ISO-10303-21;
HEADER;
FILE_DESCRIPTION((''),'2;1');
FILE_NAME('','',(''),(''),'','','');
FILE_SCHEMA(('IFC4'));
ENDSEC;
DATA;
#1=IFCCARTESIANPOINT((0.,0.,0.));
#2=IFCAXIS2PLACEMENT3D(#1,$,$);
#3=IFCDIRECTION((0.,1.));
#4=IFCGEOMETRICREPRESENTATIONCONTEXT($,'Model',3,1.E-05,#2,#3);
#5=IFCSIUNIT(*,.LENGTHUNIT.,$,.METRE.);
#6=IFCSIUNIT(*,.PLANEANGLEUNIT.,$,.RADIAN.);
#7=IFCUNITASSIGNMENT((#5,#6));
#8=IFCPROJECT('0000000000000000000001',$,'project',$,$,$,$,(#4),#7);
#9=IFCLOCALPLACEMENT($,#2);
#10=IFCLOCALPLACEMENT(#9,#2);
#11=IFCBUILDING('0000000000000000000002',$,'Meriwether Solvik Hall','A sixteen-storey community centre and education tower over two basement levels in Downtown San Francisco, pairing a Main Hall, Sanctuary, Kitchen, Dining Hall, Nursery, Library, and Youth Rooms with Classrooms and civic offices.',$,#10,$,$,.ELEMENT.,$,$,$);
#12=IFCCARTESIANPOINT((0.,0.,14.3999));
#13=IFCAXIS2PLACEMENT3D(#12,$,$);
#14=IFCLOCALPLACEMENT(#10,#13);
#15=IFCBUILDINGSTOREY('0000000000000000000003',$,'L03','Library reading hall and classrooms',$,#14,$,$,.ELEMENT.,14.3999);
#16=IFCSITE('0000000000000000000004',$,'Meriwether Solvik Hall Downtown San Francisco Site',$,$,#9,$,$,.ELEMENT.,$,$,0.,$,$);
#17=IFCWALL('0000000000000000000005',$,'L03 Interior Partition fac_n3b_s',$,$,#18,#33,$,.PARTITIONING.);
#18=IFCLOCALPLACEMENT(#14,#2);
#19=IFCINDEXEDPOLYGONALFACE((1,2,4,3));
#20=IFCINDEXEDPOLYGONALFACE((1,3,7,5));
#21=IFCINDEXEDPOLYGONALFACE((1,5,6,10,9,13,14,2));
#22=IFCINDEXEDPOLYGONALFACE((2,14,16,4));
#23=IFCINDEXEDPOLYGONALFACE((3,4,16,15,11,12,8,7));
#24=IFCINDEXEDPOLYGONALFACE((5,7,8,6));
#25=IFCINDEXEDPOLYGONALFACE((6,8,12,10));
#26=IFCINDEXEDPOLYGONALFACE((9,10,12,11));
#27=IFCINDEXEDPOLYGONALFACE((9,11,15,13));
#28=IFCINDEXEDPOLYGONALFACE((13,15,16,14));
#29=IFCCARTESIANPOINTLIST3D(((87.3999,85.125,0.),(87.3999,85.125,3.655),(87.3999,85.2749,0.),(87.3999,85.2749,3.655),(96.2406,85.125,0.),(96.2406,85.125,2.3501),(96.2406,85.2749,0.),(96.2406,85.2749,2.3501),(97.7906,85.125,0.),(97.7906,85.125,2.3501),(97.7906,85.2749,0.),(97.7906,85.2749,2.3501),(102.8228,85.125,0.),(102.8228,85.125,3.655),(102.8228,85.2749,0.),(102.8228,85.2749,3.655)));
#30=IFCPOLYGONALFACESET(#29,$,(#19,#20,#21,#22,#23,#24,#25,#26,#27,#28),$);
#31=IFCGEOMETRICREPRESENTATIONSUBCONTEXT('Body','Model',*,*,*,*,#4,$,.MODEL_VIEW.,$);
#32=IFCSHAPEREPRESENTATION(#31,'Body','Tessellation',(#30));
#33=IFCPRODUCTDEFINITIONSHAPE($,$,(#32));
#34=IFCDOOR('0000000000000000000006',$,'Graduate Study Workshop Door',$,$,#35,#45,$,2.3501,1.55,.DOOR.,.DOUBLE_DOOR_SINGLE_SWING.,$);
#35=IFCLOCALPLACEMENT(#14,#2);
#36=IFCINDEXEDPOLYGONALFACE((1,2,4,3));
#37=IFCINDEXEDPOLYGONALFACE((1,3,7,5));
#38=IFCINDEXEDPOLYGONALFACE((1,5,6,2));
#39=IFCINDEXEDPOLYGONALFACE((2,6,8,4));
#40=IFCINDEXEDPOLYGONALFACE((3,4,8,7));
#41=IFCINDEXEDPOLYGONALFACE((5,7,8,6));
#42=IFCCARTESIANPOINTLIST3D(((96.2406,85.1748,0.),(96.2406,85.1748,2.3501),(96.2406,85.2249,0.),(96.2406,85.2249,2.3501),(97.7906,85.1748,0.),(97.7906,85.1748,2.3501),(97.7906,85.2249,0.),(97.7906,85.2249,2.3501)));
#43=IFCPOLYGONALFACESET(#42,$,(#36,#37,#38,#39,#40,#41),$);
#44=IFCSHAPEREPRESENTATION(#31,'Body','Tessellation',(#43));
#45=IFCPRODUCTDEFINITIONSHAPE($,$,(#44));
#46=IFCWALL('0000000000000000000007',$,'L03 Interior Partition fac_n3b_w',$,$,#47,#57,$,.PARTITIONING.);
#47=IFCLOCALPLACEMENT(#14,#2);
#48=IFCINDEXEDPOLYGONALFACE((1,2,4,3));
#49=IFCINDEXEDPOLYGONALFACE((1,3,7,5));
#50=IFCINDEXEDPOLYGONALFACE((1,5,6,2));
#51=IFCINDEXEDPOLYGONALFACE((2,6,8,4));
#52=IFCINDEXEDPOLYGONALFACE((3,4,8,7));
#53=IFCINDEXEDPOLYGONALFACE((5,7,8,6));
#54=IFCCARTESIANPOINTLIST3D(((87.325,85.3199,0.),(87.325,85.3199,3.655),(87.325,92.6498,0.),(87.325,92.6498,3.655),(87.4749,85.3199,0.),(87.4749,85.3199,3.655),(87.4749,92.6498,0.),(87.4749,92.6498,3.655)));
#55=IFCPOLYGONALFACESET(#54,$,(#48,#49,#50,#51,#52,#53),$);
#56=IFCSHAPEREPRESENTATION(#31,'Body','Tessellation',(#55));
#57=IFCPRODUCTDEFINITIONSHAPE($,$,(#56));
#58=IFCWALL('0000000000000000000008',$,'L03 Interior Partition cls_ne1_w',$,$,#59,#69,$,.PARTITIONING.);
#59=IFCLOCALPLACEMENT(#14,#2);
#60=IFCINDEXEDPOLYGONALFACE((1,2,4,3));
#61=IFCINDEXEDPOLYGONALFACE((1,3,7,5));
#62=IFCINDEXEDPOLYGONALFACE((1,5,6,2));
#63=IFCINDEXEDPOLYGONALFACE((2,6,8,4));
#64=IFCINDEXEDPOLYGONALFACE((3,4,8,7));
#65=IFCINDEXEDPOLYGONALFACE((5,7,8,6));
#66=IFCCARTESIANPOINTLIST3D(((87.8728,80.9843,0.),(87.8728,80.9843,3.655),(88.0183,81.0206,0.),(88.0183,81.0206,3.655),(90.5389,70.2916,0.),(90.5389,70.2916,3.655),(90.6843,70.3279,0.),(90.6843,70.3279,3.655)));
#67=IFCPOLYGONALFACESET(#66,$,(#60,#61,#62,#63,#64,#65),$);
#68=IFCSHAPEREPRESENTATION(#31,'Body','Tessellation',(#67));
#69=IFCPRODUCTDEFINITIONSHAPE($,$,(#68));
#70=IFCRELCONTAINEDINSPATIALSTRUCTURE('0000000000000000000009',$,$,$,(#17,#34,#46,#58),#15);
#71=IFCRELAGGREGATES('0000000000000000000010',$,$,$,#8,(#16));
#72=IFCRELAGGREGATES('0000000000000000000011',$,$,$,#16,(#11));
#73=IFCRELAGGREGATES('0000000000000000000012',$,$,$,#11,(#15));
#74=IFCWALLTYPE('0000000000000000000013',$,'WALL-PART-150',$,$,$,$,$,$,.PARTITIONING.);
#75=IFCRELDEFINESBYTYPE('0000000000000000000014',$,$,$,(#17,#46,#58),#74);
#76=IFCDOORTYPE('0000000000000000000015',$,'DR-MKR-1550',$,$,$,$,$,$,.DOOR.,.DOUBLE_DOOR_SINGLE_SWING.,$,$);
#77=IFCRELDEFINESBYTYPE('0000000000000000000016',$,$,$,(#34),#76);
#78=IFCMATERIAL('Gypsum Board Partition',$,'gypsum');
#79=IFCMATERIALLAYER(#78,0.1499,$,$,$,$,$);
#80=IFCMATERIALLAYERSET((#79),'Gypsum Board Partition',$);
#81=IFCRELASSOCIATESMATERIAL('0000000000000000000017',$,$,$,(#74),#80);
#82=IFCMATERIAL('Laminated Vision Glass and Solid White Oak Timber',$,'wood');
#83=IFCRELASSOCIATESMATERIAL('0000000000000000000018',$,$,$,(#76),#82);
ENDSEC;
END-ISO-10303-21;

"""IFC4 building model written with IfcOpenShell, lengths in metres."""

from ifc_helpers import new_model, si_unit, direction, frame, frame_2d, origin, place, context, subcontext, project, spatial, rectangle, extrude, material, layer, layer_set, type_object, element, fill, save


model = new_model("IFC4")

# Units and contexts
model_context = context("Model", 3, precision=1e-05, world=origin(), true_north=direction((0.0, 1.0)))
body_context = subcontext(model_context, "Body", "Model", "MODEL_VIEW")
ifc_project = project(units=[si_unit("LENGTHUNIT", "METRE"), si_unit("PLANEANGLEUNIT", "RADIAN")], contexts=[model_context])

# Site, building, storey
site_placement = place(None, origin())
site = spatial("IfcSite", under=ifc_project, at=site_placement, Name="Meriwether Solvik Hall Downtown San Francisco Site", CompositionType="ELEMENT", RefElevation=0.0)
building_placement = place(site_placement, origin())
building = spatial("IfcBuilding", under=site, at=building_placement, Name="Meriwether Solvik Hall", Description="A sixteen-storey community centre and education tower over two basement levels in Downtown San Francisco, pairing a Main Hall, Sanctuary, Kitchen, Dining Hall, Nursery, Library, and Youth Rooms with Classrooms and civic offices.", CompositionType="ELEMENT")
storey_placement = place(building_placement, frame((0.0, 0.0, 14.3999)))
storey = spatial("IfcBuildingStorey", under=building, at=storey_placement, Name="L03", Description="Library reading hall and classrooms", CompositionType="ELEMENT", Elevation=14.3999)

# Wall, opening, door
ifc_material_1 = material(Name="Gypsum Board Partition", Category="gypsum")
ifc_layer_1 = layer(ifc_material_1, 0.1499)
ifc_layer_set_1 = layer_set([ifc_layer_1], Name="Gypsum Board Partition")
wall_type_1 = type_object("IfcWallType", Name="WALL-PART-150", PredefinedType="PARTITIONING", material=ifc_layer_set_1)
wall_1_placement = place(storey_placement, frame((87.3999, 85.2, 0.0), z_axis=(0.0, 0.0, 1.0), x_axis=(1.0, 0.0, 0.0)))
wall_1 = element("IfcWall", 1, at=wall_1_placement, inside=storey, type_object=wall_type_1, Name="L03 Interior Partition fac_n3b_s", PredefinedType="PARTITIONING", context=body_context, shape_type="SweptSolid", body=[
    extrude(rectangle(XDim=15.4229, YDim=0.1499, at=frame_2d((7.7114, 0.0))), origin(), (0.0, 0.0, 1.0), 3.655),
])
opening_placement = place(wall_1_placement, frame((8.8408, 0.0, 0.0)))
opening = element("IfcOpeningElement", 2, at=opening_placement, cuts=wall_1, PredefinedType="OPENING", context=body_context, shape_type="SweptSolid", body=[
    extrude(rectangle(XDim=1.55, YDim=2.3501, at=frame_2d((0.7749, 1.175))), frame((0.0, 0.0869, 0.0), z_axis=(0.0, -1.0, 0.0), x_axis=(1.0, 0.0, 0.0)), (0.0, 0.0, 1.0), 0.1738),
])
ifc_material_2 = material(Name="Laminated Vision Glass and Solid White Oak Timber", Category="wood")
door_type = type_object("IfcDoorType", Name="DR-MKR-1550", OperationType="DOUBLE_DOOR_SINGLE_SWING", PredefinedType="DOOR", material=ifc_material_2)
door_placement = place(opening_placement, origin())
door = element("IfcDoor", 3, at=door_placement, inside=storey, type_object=door_type, Name="Graduate Study Workshop Door", OperationType="DOUBLE_DOOR_SINGLE_SWING", OverallHeight=2.3501, OverallWidth=1.55, PredefinedType="DOOR", context=body_context, shape_type="SweptSolid", body=[
    extrude(rectangle(XDim=1.55, YDim=2.3501, at=frame_2d((0.7749, 1.175))), frame((0.0, 0.0249, 0.0), z_axis=(0.0, -1.0, 0.0), x_axis=(1.0, 0.0, 0.0)), (0.0, 0.0, 1.0), 0.05),
])
fill(opening, door)

# Walls
wall_2_placement = place(storey_placement, frame((87.3999, 92.6499, 0.0), z_axis=(0.0, 0.0, 1.0), x_axis=(0.0, -1.0, 0.0)))
element("IfcWall", 4, at=wall_2_placement, inside=storey, type_object=wall_type_1, Name="L03 Interior Partition fac_n3b_w", PredefinedType="PARTITIONING", context=body_context, shape_type="SweptSolid", body=[
    extrude(rectangle(XDim=7.3298, YDim=0.1499, at=frame_2d((3.665, 0.0))), origin(), (0.0, 0.0, 1.0), 3.655),
])
wall_3_placement = place(storey_placement, frame((87.9456, 81.0024, 0.0), z_axis=(0.0, 0.0, 1.0), x_axis=(0.241926, -0.970295, 0.0)))
element("IfcWall", 5, at=wall_3_placement, inside=storey, type_object=wall_type_1, Name="L03 Interior Partition cls_ne1_w", PredefinedType="PARTITIONING", context=body_context, shape_type="SweptSolid", body=[
    extrude(rectangle(XDim=11.02, YDim=0.1499, at=frame_2d((5.51, 0.0))), origin(), (0.0, 0.0, 1.0), 3.655),
])

save(model, "model.ifc")
